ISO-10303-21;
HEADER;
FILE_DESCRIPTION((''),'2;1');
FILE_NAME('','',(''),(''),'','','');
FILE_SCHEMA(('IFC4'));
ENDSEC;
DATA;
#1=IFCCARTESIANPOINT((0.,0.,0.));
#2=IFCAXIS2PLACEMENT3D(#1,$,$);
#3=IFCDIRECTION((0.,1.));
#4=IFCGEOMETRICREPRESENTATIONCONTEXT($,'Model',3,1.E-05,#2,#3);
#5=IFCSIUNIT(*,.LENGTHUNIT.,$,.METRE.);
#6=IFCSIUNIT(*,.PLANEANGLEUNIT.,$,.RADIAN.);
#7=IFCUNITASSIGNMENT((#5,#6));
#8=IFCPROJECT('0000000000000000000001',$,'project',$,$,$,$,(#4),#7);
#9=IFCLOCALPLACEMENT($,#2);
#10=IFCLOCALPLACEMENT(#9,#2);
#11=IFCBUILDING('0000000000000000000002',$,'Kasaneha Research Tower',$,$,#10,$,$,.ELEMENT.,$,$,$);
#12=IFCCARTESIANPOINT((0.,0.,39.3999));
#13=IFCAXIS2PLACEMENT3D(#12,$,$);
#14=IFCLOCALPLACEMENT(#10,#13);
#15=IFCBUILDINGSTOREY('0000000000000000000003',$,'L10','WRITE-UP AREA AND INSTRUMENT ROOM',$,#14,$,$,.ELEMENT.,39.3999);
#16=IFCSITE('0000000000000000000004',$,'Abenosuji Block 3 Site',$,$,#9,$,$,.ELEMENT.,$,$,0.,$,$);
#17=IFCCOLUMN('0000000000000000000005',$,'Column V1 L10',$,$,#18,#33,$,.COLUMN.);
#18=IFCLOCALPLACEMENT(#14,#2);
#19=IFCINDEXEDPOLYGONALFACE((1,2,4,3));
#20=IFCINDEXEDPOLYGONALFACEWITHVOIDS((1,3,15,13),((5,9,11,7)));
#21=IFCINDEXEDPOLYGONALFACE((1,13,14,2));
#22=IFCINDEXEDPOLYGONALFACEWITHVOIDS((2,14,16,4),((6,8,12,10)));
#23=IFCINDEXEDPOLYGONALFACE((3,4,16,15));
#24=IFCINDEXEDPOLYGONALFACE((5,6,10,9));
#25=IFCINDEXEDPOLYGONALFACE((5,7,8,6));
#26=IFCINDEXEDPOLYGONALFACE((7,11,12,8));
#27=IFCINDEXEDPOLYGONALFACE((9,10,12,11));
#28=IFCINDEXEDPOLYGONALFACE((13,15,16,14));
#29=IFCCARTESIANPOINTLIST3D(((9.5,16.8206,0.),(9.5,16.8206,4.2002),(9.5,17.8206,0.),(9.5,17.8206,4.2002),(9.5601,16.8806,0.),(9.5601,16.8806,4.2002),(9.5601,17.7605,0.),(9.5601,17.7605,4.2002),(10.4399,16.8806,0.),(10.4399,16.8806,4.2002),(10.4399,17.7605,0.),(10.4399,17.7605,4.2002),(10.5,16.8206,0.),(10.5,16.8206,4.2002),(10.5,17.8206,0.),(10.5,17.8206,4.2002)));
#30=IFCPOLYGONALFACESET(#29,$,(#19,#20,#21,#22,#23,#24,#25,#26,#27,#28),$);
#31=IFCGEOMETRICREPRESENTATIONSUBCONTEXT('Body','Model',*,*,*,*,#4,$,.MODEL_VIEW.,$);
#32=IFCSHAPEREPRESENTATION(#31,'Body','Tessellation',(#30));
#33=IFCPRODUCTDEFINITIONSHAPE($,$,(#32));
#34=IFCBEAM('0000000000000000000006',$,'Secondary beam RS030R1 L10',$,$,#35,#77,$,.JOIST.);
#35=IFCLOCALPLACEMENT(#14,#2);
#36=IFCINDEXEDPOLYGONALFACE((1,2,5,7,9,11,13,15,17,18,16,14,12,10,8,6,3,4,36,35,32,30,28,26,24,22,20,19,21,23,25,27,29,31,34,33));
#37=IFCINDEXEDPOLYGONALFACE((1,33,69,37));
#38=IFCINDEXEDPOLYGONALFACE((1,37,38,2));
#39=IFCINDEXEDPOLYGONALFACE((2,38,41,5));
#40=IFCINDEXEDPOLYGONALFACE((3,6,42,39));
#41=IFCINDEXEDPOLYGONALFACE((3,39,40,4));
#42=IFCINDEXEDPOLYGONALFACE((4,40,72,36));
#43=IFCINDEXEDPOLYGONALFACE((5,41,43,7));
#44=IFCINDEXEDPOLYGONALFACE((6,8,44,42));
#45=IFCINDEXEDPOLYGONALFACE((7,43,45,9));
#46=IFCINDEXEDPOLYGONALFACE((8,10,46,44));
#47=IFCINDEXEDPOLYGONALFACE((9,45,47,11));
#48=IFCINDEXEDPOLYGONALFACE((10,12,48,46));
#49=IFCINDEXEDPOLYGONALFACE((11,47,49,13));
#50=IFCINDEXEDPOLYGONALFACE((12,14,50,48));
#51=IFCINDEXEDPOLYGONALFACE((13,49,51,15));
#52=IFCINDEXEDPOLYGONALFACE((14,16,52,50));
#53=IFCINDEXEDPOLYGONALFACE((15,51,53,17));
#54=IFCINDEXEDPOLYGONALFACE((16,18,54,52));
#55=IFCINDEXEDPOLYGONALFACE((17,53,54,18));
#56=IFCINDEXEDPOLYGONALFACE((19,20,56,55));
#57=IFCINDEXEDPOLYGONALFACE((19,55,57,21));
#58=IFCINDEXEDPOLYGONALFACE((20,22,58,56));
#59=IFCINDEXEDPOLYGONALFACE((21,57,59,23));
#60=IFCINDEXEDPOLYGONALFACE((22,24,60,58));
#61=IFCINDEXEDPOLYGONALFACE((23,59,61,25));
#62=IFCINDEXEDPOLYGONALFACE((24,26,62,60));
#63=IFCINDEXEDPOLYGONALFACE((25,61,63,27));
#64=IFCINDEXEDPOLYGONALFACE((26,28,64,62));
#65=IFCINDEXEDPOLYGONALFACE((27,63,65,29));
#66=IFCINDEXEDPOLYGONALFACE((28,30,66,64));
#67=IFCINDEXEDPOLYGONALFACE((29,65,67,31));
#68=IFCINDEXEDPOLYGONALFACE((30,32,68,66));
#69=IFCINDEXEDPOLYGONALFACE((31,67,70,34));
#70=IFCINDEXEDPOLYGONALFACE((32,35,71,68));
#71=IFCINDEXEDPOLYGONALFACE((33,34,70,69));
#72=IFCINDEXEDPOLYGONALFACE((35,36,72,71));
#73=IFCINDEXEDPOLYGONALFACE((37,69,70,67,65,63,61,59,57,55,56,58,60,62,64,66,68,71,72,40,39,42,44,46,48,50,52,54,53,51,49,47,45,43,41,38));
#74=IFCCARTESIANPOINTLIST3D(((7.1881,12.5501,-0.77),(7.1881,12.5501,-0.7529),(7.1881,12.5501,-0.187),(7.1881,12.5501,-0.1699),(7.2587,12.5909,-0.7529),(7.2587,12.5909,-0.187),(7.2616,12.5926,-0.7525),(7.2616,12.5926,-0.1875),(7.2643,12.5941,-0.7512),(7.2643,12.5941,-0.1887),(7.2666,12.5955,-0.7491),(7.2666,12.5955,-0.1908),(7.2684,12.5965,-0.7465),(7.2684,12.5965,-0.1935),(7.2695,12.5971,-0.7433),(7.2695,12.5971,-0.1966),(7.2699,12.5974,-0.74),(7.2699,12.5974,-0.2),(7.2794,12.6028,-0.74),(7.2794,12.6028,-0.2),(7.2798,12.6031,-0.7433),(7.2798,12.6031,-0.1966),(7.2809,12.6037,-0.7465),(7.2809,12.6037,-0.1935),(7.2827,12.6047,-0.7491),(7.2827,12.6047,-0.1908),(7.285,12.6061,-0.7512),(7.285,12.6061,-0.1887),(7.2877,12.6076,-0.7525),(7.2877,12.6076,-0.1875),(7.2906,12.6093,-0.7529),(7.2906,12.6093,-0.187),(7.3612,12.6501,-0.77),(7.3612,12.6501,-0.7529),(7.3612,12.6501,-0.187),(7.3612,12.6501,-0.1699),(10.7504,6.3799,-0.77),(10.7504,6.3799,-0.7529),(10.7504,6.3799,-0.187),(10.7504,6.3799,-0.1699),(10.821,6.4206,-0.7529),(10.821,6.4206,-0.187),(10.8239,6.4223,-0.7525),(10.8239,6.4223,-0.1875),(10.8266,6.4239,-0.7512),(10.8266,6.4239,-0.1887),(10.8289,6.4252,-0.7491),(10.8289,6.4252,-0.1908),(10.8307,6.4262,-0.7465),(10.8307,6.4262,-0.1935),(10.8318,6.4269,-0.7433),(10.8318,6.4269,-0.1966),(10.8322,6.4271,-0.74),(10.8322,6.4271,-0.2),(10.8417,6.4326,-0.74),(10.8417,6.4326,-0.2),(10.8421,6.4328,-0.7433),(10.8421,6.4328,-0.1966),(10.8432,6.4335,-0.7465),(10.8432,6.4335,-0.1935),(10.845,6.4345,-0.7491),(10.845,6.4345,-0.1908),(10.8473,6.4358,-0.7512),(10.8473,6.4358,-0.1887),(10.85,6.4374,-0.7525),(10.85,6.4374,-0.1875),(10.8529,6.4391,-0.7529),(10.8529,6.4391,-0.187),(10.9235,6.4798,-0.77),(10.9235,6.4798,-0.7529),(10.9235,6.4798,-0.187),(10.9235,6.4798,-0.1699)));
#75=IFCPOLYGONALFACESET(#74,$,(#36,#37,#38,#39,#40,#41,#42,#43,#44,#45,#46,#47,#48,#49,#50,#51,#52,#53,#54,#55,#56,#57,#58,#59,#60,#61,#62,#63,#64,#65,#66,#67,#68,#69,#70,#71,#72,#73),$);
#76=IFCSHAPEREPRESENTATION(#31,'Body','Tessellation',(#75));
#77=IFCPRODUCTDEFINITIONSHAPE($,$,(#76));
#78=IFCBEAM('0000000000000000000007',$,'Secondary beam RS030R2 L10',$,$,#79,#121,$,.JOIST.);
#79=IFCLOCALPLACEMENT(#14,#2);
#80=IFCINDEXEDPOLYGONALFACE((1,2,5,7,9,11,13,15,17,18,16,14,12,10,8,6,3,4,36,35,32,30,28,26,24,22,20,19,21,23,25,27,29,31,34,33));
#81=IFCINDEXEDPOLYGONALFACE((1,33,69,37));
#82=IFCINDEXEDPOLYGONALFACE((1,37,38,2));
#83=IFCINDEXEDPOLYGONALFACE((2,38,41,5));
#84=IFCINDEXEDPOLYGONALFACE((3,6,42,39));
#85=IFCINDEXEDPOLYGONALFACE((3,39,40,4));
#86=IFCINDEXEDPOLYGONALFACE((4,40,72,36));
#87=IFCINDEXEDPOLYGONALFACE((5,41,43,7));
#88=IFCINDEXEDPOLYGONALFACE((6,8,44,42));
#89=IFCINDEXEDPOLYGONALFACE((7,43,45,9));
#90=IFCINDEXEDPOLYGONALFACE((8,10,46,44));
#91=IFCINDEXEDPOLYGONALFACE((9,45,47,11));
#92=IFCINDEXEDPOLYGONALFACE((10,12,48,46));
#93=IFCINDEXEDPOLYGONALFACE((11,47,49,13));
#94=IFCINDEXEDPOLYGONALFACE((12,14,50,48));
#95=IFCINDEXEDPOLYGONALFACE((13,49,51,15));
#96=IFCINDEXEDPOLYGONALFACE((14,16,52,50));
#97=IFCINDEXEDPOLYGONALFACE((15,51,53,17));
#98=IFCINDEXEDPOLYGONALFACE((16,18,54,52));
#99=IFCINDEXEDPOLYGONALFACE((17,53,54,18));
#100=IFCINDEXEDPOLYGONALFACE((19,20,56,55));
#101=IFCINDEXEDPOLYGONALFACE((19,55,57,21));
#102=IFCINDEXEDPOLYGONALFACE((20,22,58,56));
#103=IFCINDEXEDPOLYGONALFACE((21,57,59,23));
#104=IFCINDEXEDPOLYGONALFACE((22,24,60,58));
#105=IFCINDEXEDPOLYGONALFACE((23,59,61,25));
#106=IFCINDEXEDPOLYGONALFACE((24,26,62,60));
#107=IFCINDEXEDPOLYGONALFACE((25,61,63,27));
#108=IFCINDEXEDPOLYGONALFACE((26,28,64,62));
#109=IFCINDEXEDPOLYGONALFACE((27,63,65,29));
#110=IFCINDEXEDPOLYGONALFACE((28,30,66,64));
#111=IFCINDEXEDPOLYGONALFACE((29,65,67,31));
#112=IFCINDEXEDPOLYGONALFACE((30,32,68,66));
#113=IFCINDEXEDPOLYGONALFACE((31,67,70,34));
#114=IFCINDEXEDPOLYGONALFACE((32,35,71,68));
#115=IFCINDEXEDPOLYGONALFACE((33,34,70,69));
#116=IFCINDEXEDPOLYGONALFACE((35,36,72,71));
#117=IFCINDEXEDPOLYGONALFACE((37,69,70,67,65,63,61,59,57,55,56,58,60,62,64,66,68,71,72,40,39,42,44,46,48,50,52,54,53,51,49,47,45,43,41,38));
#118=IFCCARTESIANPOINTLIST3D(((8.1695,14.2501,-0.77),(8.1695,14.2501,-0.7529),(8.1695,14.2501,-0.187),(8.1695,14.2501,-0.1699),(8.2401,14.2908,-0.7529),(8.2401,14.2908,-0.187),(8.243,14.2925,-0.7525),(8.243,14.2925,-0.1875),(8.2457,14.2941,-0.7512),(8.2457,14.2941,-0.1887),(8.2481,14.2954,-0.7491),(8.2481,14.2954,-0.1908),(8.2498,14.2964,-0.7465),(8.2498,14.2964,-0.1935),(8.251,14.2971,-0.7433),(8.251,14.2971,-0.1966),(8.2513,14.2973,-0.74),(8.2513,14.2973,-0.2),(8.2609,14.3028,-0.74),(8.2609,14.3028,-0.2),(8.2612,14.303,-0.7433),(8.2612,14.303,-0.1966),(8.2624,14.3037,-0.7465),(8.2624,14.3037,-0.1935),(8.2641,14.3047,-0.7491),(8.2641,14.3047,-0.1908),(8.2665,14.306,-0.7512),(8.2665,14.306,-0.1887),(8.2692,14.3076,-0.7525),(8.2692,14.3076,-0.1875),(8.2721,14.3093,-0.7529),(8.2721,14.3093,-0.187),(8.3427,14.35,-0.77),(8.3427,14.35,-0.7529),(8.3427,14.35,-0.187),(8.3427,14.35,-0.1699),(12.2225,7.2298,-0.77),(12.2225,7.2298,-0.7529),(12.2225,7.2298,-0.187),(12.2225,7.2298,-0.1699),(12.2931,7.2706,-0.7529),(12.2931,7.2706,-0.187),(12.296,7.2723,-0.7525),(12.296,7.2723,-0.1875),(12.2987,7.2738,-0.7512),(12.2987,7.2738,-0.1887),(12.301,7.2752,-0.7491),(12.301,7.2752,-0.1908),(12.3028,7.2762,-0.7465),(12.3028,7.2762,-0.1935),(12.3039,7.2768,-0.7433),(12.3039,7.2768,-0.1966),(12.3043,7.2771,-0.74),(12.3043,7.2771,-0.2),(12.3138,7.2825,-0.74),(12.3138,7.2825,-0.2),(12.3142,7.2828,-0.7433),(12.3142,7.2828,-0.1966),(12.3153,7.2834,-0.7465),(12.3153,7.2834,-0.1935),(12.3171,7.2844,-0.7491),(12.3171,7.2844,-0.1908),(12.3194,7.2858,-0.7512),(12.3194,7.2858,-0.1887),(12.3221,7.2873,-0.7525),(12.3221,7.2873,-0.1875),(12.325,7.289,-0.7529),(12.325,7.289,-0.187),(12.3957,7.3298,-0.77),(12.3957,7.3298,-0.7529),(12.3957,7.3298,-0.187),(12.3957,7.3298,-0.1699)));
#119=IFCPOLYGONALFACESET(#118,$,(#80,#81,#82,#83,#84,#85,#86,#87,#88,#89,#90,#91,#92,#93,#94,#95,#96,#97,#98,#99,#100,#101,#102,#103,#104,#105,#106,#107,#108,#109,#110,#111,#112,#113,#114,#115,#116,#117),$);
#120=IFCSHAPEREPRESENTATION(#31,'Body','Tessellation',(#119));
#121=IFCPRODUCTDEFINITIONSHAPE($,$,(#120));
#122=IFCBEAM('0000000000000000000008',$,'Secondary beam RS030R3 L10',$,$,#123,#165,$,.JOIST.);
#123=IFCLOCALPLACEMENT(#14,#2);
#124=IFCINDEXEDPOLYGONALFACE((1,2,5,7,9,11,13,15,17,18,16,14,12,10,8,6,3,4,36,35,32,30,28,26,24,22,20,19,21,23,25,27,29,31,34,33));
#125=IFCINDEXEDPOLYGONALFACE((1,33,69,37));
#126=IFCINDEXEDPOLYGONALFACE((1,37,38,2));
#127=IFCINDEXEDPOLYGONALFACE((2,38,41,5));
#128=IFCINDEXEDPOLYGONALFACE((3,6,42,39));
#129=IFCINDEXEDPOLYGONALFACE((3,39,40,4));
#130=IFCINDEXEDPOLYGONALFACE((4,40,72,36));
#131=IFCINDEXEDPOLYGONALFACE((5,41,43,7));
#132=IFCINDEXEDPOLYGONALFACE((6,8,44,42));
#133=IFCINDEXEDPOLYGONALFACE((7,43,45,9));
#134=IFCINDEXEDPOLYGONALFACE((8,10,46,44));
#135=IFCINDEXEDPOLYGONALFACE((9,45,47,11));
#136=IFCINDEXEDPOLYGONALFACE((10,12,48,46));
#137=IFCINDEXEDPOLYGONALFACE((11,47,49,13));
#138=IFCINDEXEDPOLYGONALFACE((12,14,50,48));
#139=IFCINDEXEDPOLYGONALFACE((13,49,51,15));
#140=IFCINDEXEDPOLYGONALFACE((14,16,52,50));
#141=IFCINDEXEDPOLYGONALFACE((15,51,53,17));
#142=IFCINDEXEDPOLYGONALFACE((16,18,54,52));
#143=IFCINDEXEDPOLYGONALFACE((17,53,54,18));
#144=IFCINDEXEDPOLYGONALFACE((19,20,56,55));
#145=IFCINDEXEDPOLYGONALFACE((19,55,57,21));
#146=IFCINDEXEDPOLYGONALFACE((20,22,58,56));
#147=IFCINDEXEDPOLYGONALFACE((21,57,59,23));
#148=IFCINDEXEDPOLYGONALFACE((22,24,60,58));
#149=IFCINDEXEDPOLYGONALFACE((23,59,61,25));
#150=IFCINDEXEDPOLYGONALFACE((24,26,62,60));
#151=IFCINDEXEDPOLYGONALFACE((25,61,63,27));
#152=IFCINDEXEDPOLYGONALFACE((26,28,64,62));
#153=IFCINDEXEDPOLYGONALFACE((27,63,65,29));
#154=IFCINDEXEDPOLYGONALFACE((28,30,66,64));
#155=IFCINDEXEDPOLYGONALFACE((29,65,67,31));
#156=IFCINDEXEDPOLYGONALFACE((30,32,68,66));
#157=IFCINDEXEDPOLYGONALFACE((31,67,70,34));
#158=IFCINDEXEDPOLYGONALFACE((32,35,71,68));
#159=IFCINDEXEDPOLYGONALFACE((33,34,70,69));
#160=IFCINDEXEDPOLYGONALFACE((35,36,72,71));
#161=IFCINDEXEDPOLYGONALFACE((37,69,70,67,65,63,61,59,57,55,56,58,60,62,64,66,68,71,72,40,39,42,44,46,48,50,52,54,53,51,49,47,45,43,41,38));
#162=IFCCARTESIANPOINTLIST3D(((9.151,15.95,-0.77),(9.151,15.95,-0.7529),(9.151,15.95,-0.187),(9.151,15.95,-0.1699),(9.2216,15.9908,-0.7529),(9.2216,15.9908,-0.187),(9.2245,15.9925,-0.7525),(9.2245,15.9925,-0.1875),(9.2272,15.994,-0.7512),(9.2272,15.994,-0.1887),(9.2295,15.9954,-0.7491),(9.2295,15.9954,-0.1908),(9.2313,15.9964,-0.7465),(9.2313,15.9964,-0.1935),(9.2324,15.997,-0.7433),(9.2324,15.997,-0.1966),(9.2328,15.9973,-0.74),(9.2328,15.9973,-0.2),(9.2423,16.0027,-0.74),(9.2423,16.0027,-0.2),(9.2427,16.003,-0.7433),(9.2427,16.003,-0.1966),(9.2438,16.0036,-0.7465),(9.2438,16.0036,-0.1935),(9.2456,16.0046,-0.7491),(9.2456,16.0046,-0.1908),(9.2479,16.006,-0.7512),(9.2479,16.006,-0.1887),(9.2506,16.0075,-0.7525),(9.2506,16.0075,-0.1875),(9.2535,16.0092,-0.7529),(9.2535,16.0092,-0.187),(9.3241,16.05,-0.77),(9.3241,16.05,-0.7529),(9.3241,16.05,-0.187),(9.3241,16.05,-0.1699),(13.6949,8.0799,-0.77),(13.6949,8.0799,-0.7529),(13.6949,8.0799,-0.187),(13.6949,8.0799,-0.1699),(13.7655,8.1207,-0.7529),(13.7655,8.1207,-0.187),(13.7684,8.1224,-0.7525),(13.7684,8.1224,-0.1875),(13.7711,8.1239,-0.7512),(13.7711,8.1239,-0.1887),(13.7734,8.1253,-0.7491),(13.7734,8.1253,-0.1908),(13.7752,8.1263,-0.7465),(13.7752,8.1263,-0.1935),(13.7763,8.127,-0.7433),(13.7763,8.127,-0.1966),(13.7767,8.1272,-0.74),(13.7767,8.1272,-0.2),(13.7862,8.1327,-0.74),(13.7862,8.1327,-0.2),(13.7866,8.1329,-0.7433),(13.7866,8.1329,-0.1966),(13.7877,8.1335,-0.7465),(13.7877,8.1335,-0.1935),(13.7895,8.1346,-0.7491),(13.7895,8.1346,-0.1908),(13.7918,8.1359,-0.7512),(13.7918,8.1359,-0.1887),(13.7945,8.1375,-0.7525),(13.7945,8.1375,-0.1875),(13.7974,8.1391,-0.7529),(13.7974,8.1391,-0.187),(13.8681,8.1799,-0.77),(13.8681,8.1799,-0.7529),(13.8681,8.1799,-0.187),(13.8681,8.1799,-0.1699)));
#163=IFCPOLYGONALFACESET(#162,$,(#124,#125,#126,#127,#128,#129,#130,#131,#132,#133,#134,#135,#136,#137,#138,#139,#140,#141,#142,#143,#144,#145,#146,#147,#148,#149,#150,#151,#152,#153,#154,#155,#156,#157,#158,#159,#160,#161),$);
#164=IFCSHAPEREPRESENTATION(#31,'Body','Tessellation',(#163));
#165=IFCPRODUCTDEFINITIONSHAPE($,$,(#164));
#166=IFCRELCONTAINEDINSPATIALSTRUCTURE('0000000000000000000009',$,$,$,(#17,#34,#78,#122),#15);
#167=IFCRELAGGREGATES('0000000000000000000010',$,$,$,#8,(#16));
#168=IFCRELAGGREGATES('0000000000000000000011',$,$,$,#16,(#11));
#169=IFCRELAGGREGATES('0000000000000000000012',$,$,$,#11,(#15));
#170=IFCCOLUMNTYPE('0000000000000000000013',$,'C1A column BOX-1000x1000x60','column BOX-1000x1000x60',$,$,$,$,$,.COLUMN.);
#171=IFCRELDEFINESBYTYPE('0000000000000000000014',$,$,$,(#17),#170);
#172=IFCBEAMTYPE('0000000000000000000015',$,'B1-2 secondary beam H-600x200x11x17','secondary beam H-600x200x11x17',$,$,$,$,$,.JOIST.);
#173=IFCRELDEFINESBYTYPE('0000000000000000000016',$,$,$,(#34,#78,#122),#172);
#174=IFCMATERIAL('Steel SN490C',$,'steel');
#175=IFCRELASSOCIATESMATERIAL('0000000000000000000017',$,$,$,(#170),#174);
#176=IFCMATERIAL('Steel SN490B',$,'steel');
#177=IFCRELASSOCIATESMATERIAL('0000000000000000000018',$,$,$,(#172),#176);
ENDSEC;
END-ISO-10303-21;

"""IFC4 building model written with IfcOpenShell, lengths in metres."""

from ifc_helpers import new_model, si_unit, direction, frame, origin, origin_2d, place, context, subcontext, project, spatial, hollow_rectangle, i_section, extrude, material, material_profile, profile_set, type_object, element, save


model = new_model("IFC4")

# Units and contexts
model_context = context("Model", 3, precision=1e-05, world=origin(), true_north=direction((0.0, 1.0)))
body_context = subcontext(model_context, "Body", "Model", "MODEL_VIEW")
ifc_project = project(units=[si_unit("LENGTHUNIT", "METRE"), si_unit("PLANEANGLEUNIT", "RADIAN")], contexts=[model_context])

# Site, building, storey
site_placement = place(None, origin())
site = spatial("IfcSite", under=ifc_project, at=site_placement, Name="Abenosuji Block 3 Site", CompositionType="ELEMENT", RefElevation=0.0)
building_placement = place(site_placement, origin())
building = spatial("IfcBuilding", under=site, at=building_placement, Name="Kasaneha Research Tower", CompositionType="ELEMENT")
storey_placement = place(building_placement, frame((0.0, 0.0, 39.3999)))
storey = spatial("IfcBuildingStorey", under=building, at=storey_placement, Name="L10", Description="WRITE-UP AREA AND INSTRUMENT ROOM", CompositionType="ELEMENT", Elevation=39.3999)

# Column
ifc_material_1 = material(Name="Steel SN490C", Category="steel")
ifc_material_profile_1 = material_profile(ifc_material_1, hollow_rectangle(XDim=1.0, YDim=1.0, WallThickness=0.0601, at=origin_2d()), Name="BOX-1000x1000x60")
ifc_profile_set_1 = profile_set([ifc_material_profile_1], Name="Steel SN490C")
column_type = type_object("IfcColumnType", Name="C1A column BOX-1000x1000x60", Description="column BOX-1000x1000x60", PredefinedType="COLUMN", material=ifc_profile_set_1)
column_placement = place(storey_placement, frame((10.0, 17.3206, 0.0), z_axis=(0.0, 0.0, 1.0), x_axis=(1.0, 0.0, 0.0)))
element("IfcColumn", 1, at=column_placement, inside=storey, type_object=column_type, Name="Column V1 L10", PredefinedType="COLUMN", context=body_context, shape_type="SweptSolid", body=[
    extrude(hollow_rectangle(XDim=1.0, YDim=1.0, WallThickness=0.0601, at=origin_2d()), origin(), (0.0, 0.0, 1.0), 4.2002),
])

# Beams
ifc_material_2 = material(Name="Steel SN490B", Category="steel")
ifc_material_profile_2 = material_profile(ifc_material_2, i_section(OverallWidth=0.2, OverallDepth=0.6001, WebThickness=0.011, FlangeThickness=0.0171, FilletRadius=0.0129, at=origin_2d()), Name="H-600x200x11x17")
ifc_profile_set_2 = profile_set([ifc_material_profile_2], Name="Steel SN490B")
beam_type_1 = type_object("IfcBeamType", Name="B1-2 secondary beam H-600x200x11x17", Description="secondary beam H-600x200x11x17", PredefinedType="JOIST", material=ifc_profile_set_2)
beam_1_placement = place(storey_placement, frame((7.2747, 12.6001, -0.47), z_axis=(0.49999, -0.866031, 0.0), x_axis=(0.866031, 0.49999, 0.0)))
element("IfcBeam", 2, at=beam_1_placement, inside=storey, type_object=beam_type_1, Name="Secondary beam RS030R1 L10", PredefinedType="JOIST", context=body_context, shape_type="SweptSolid", body=[
    extrude(i_section(OverallWidth=0.2, OverallDepth=0.6001, WebThickness=0.011, FlangeThickness=0.0171, FilletRadius=0.0129, at=origin_2d()), origin(), (0.0, 0.0, 1.0), 7.1248),
])
beam_2_placement = place(storey_placement, frame((8.2561, 14.3, -0.47), z_axis=(0.499984, -0.866035, 0.0), x_axis=(0.866035, 0.499984, 0.0)))
element("IfcBeam", 3, at=beam_2_placement, inside=storey, type_object=beam_type_1, Name="Secondary beam RS030R2 L10", PredefinedType="JOIST", context=body_context, shape_type="SweptSolid", body=[
    extrude(i_section(OverallWidth=0.2, OverallDepth=0.6001, WebThickness=0.011, FlangeThickness=0.0171, FilletRadius=0.0129, at=origin_2d()), origin(), (0.0, 0.0, 1.0), 8.1062),
])
beam_3_placement = place(storey_placement, frame((9.2375, 16.0, -0.47), z_axis=(0.500011, -0.866019, 0.0), x_axis=(0.866019, 0.500011, 0.0)))
element("IfcBeam", 4, at=beam_3_placement, inside=storey, type_object=beam_type_1, Name="Secondary beam RS030R3 L10", PredefinedType="JOIST", context=body_context, shape_type="SweptSolid", body=[
    extrude(i_section(OverallWidth=0.2, OverallDepth=0.6001, WebThickness=0.011, FlangeThickness=0.0171, FilletRadius=0.0129, at=origin_2d()), origin(), (0.0, 0.0, 1.0), 9.0876),
])

save(model, "model.ifc")
